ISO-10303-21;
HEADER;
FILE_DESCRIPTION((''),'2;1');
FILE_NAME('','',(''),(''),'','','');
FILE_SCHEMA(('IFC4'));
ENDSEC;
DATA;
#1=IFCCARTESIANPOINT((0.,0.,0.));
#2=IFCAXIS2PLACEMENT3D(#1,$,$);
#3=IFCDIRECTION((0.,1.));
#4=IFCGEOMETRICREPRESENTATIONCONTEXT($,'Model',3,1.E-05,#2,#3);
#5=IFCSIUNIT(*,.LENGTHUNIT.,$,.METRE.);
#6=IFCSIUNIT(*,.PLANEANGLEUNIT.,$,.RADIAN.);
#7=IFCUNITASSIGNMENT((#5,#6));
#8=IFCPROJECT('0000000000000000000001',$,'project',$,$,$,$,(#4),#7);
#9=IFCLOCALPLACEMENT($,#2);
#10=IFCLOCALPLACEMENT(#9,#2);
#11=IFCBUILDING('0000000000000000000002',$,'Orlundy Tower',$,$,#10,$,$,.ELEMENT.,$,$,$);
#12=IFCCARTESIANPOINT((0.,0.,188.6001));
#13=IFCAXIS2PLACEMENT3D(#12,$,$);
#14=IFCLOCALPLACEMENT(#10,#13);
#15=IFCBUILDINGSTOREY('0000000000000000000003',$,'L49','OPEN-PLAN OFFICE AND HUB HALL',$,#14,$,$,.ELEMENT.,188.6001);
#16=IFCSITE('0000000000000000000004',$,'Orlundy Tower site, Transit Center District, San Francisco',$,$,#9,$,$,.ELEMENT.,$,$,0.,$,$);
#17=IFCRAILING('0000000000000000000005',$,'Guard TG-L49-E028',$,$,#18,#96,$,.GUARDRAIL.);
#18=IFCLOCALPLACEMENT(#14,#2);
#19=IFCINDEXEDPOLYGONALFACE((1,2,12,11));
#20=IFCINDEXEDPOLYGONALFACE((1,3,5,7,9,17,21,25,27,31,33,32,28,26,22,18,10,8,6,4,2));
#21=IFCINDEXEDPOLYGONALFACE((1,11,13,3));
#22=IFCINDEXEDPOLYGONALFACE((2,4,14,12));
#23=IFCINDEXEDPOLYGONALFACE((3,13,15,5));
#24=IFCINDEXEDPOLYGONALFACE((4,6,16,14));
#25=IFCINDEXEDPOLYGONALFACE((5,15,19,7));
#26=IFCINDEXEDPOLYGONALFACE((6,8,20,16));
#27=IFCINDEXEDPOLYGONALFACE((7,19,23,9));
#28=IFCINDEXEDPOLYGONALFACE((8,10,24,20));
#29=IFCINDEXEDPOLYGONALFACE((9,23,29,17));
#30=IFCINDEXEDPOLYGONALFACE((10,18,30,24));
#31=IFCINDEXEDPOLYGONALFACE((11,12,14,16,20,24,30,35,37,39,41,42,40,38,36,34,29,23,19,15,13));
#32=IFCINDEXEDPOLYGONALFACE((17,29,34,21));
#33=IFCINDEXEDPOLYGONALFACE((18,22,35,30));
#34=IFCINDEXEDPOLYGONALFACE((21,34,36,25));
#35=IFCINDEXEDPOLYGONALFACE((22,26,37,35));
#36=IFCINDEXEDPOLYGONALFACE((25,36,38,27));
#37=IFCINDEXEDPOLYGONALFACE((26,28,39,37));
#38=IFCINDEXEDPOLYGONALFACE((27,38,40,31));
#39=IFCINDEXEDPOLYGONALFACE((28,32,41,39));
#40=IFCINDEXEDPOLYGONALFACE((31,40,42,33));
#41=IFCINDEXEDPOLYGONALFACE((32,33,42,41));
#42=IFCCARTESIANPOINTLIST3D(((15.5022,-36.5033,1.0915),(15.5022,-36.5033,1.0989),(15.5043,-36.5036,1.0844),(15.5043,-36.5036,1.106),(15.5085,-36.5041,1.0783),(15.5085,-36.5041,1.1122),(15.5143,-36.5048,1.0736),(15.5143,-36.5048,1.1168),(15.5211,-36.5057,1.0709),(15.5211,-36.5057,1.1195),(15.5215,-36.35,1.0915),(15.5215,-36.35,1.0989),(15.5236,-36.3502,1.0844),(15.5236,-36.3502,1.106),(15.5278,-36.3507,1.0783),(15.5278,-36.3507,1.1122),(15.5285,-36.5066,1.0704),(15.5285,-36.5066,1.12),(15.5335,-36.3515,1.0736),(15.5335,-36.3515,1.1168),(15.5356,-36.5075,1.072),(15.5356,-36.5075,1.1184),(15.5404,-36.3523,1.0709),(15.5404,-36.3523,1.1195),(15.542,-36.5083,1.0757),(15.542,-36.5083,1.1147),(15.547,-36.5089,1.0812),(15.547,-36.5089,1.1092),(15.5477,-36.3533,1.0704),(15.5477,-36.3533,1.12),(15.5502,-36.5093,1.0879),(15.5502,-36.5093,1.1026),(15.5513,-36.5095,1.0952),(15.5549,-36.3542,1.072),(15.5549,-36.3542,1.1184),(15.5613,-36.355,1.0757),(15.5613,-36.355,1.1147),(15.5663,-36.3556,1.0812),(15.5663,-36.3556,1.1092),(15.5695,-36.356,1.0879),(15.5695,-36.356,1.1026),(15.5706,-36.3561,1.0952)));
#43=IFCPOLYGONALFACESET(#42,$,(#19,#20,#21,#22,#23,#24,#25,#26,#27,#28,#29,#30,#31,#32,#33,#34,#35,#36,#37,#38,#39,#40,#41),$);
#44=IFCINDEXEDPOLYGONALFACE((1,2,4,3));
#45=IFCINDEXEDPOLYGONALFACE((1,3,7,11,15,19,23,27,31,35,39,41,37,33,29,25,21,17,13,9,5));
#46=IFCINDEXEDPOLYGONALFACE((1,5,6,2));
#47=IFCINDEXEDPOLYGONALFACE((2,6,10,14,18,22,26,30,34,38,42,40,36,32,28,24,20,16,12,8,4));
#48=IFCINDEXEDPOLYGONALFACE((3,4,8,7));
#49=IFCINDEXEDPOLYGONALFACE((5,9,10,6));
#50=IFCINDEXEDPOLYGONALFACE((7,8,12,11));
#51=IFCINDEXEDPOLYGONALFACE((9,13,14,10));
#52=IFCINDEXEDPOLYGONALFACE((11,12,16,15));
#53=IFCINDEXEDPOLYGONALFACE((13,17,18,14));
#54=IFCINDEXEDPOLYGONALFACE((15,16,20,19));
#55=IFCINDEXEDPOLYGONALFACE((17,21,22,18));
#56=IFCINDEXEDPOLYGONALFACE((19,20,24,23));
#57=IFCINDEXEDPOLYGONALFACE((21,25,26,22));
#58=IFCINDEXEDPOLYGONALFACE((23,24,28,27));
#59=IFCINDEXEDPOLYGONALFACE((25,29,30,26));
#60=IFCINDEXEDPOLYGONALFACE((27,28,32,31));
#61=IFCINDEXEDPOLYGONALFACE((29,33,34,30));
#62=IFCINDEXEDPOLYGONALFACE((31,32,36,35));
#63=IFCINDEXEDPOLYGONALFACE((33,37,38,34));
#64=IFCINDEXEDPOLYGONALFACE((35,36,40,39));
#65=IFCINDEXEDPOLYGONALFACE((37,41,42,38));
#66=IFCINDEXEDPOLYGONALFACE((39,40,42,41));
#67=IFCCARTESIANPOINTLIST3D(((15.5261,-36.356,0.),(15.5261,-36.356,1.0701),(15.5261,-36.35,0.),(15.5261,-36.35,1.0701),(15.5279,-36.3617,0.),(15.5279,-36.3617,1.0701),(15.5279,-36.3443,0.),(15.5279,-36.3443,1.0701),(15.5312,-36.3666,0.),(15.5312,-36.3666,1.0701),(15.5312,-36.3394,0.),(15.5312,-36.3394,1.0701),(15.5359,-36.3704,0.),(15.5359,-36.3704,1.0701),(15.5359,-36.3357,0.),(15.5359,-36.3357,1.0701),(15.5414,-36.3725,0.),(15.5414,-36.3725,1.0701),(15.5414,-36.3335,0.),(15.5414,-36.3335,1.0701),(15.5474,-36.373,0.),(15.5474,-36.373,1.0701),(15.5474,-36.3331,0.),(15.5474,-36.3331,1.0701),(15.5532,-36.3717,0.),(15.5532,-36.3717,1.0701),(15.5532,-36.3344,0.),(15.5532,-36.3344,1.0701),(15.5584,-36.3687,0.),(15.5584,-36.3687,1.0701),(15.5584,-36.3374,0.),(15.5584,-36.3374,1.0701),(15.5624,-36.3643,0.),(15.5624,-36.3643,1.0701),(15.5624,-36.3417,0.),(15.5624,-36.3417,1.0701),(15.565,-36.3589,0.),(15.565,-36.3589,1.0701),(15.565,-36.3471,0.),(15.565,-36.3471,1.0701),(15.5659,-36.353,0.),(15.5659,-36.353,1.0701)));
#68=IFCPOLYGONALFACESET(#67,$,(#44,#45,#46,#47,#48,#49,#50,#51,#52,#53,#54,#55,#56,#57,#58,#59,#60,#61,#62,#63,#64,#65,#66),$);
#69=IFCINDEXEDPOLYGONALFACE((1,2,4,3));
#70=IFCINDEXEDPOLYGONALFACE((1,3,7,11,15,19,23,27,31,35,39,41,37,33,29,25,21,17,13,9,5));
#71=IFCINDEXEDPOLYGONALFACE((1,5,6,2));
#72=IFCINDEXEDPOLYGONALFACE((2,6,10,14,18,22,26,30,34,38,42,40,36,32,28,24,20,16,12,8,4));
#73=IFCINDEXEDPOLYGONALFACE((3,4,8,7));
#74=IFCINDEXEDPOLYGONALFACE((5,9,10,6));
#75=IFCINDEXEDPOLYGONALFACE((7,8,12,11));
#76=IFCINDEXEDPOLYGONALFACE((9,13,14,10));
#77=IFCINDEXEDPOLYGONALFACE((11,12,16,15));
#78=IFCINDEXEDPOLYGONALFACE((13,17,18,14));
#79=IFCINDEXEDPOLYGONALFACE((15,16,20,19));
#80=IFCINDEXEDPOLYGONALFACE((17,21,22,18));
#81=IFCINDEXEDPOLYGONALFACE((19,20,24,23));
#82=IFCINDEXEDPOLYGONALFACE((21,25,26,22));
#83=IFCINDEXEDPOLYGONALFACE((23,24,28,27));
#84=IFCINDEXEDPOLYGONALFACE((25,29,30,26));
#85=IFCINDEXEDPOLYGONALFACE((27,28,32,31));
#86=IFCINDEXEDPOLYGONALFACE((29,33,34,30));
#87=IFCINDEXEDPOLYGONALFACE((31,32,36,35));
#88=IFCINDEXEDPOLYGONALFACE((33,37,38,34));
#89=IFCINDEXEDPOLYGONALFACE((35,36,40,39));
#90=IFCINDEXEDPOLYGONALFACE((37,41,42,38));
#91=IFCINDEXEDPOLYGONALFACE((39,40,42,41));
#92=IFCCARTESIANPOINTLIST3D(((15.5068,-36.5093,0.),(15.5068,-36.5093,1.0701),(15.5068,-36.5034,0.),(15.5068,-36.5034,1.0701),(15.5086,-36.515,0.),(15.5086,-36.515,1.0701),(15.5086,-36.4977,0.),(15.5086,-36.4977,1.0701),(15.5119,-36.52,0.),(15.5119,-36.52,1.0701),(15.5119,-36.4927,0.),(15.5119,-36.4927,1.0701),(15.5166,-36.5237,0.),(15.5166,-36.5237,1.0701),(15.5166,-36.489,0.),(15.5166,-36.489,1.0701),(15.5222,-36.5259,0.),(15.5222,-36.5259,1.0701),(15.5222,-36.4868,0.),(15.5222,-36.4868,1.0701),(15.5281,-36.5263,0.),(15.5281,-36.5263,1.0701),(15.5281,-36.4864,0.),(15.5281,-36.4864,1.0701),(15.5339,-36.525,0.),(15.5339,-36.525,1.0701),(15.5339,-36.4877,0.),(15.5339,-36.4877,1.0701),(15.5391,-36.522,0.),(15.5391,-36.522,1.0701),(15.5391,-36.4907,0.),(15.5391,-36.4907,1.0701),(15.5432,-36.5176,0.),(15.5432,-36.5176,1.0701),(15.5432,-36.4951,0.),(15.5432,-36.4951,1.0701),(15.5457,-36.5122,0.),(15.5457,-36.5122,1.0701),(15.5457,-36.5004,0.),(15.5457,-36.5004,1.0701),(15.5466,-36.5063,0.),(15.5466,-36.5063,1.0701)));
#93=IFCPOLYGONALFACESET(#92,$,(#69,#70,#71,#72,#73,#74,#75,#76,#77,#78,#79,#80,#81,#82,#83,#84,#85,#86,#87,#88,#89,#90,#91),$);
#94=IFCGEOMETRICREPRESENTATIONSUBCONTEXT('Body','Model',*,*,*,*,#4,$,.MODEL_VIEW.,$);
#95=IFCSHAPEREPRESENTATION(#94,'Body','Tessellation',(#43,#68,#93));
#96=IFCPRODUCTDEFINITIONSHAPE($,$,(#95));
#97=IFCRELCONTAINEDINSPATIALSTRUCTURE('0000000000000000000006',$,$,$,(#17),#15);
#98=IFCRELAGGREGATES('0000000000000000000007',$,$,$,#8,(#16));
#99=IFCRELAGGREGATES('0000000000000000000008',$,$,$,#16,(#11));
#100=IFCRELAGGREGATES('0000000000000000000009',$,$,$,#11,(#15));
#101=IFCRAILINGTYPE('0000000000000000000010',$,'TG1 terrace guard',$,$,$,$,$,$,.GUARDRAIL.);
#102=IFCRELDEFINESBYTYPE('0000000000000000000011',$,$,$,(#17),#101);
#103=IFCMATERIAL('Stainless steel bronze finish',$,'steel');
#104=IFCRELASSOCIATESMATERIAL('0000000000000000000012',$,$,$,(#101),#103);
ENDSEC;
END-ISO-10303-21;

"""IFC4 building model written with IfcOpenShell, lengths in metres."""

from ifc_helpers import new_model, si_unit, direction, frame, origin, origin_2d, place, context, subcontext, project, spatial, circle, extrude, material, type_object, element, save


model = new_model("IFC4")

# Units and contexts
model_context = context("Model", 3, precision=1e-05, world=origin(), true_north=direction((0.0, 1.0)))
body_context = subcontext(model_context, "Body", "Model", "MODEL_VIEW")
ifc_project = project(units=[si_unit("LENGTHUNIT", "METRE"), si_unit("PLANEANGLEUNIT", "RADIAN")], contexts=[model_context])

# Site, building, storey
site_placement = place(None, origin())
site = spatial("IfcSite", under=ifc_project, at=site_placement, Name="Orlundy Tower site, Transit Center District, San Francisco", CompositionType="ELEMENT", RefElevation=0.0)
building_placement = place(site_placement, origin())
building = spatial("IfcBuilding", under=site, at=building_placement, Name="Orlundy Tower", CompositionType="ELEMENT")
storey_placement = place(building_placement, frame((0.0, 0.0, 188.6001)))
storey = spatial("IfcBuildingStorey", under=building, at=storey_placement, Name="L49", Description="OPEN-PLAN OFFICE AND HUB HALL", CompositionType="ELEMENT", Elevation=188.6001)

# Railing
ifc_material_1 = material(Name="Stainless steel bronze finish", Category="steel")
railing_type = type_object("IfcRailingType", Name="TG1 terrace guard", PredefinedType="GUARDRAIL", material=ifc_material_1)
railing_1_placement = place(storey_placement, frame((15.5459, -36.353, 0.0)))
element("IfcRailing", 1, at=railing_1_placement, inside=storey, type_object=railing_type, Name="Guard TG-L49-E028", PredefinedType="GUARDRAIL", context=body_context, shape_type="SweptSolid", body=[
    extrude(circle(Radius=0.0249, at=origin_2d()), frame((0.0, 0.0, 1.0952), z_axis=(-0.124812, -0.99218, 0.0), x_axis=(0.99218, -0.124812, 0.0)), (0.0, 0.0, 1.0), 0.1545),
    extrude(circle(Radius=0.02, at=origin_2d()), origin(), (0.0, 0.0, 1.0), 1.0701),
    extrude(circle(Radius=0.02, at=origin_2d()), frame((-0.0193, -0.1533, 0.0)), (0.0, 0.0, 1.0), 1.0701),
])

save(model, "model.ifc")
